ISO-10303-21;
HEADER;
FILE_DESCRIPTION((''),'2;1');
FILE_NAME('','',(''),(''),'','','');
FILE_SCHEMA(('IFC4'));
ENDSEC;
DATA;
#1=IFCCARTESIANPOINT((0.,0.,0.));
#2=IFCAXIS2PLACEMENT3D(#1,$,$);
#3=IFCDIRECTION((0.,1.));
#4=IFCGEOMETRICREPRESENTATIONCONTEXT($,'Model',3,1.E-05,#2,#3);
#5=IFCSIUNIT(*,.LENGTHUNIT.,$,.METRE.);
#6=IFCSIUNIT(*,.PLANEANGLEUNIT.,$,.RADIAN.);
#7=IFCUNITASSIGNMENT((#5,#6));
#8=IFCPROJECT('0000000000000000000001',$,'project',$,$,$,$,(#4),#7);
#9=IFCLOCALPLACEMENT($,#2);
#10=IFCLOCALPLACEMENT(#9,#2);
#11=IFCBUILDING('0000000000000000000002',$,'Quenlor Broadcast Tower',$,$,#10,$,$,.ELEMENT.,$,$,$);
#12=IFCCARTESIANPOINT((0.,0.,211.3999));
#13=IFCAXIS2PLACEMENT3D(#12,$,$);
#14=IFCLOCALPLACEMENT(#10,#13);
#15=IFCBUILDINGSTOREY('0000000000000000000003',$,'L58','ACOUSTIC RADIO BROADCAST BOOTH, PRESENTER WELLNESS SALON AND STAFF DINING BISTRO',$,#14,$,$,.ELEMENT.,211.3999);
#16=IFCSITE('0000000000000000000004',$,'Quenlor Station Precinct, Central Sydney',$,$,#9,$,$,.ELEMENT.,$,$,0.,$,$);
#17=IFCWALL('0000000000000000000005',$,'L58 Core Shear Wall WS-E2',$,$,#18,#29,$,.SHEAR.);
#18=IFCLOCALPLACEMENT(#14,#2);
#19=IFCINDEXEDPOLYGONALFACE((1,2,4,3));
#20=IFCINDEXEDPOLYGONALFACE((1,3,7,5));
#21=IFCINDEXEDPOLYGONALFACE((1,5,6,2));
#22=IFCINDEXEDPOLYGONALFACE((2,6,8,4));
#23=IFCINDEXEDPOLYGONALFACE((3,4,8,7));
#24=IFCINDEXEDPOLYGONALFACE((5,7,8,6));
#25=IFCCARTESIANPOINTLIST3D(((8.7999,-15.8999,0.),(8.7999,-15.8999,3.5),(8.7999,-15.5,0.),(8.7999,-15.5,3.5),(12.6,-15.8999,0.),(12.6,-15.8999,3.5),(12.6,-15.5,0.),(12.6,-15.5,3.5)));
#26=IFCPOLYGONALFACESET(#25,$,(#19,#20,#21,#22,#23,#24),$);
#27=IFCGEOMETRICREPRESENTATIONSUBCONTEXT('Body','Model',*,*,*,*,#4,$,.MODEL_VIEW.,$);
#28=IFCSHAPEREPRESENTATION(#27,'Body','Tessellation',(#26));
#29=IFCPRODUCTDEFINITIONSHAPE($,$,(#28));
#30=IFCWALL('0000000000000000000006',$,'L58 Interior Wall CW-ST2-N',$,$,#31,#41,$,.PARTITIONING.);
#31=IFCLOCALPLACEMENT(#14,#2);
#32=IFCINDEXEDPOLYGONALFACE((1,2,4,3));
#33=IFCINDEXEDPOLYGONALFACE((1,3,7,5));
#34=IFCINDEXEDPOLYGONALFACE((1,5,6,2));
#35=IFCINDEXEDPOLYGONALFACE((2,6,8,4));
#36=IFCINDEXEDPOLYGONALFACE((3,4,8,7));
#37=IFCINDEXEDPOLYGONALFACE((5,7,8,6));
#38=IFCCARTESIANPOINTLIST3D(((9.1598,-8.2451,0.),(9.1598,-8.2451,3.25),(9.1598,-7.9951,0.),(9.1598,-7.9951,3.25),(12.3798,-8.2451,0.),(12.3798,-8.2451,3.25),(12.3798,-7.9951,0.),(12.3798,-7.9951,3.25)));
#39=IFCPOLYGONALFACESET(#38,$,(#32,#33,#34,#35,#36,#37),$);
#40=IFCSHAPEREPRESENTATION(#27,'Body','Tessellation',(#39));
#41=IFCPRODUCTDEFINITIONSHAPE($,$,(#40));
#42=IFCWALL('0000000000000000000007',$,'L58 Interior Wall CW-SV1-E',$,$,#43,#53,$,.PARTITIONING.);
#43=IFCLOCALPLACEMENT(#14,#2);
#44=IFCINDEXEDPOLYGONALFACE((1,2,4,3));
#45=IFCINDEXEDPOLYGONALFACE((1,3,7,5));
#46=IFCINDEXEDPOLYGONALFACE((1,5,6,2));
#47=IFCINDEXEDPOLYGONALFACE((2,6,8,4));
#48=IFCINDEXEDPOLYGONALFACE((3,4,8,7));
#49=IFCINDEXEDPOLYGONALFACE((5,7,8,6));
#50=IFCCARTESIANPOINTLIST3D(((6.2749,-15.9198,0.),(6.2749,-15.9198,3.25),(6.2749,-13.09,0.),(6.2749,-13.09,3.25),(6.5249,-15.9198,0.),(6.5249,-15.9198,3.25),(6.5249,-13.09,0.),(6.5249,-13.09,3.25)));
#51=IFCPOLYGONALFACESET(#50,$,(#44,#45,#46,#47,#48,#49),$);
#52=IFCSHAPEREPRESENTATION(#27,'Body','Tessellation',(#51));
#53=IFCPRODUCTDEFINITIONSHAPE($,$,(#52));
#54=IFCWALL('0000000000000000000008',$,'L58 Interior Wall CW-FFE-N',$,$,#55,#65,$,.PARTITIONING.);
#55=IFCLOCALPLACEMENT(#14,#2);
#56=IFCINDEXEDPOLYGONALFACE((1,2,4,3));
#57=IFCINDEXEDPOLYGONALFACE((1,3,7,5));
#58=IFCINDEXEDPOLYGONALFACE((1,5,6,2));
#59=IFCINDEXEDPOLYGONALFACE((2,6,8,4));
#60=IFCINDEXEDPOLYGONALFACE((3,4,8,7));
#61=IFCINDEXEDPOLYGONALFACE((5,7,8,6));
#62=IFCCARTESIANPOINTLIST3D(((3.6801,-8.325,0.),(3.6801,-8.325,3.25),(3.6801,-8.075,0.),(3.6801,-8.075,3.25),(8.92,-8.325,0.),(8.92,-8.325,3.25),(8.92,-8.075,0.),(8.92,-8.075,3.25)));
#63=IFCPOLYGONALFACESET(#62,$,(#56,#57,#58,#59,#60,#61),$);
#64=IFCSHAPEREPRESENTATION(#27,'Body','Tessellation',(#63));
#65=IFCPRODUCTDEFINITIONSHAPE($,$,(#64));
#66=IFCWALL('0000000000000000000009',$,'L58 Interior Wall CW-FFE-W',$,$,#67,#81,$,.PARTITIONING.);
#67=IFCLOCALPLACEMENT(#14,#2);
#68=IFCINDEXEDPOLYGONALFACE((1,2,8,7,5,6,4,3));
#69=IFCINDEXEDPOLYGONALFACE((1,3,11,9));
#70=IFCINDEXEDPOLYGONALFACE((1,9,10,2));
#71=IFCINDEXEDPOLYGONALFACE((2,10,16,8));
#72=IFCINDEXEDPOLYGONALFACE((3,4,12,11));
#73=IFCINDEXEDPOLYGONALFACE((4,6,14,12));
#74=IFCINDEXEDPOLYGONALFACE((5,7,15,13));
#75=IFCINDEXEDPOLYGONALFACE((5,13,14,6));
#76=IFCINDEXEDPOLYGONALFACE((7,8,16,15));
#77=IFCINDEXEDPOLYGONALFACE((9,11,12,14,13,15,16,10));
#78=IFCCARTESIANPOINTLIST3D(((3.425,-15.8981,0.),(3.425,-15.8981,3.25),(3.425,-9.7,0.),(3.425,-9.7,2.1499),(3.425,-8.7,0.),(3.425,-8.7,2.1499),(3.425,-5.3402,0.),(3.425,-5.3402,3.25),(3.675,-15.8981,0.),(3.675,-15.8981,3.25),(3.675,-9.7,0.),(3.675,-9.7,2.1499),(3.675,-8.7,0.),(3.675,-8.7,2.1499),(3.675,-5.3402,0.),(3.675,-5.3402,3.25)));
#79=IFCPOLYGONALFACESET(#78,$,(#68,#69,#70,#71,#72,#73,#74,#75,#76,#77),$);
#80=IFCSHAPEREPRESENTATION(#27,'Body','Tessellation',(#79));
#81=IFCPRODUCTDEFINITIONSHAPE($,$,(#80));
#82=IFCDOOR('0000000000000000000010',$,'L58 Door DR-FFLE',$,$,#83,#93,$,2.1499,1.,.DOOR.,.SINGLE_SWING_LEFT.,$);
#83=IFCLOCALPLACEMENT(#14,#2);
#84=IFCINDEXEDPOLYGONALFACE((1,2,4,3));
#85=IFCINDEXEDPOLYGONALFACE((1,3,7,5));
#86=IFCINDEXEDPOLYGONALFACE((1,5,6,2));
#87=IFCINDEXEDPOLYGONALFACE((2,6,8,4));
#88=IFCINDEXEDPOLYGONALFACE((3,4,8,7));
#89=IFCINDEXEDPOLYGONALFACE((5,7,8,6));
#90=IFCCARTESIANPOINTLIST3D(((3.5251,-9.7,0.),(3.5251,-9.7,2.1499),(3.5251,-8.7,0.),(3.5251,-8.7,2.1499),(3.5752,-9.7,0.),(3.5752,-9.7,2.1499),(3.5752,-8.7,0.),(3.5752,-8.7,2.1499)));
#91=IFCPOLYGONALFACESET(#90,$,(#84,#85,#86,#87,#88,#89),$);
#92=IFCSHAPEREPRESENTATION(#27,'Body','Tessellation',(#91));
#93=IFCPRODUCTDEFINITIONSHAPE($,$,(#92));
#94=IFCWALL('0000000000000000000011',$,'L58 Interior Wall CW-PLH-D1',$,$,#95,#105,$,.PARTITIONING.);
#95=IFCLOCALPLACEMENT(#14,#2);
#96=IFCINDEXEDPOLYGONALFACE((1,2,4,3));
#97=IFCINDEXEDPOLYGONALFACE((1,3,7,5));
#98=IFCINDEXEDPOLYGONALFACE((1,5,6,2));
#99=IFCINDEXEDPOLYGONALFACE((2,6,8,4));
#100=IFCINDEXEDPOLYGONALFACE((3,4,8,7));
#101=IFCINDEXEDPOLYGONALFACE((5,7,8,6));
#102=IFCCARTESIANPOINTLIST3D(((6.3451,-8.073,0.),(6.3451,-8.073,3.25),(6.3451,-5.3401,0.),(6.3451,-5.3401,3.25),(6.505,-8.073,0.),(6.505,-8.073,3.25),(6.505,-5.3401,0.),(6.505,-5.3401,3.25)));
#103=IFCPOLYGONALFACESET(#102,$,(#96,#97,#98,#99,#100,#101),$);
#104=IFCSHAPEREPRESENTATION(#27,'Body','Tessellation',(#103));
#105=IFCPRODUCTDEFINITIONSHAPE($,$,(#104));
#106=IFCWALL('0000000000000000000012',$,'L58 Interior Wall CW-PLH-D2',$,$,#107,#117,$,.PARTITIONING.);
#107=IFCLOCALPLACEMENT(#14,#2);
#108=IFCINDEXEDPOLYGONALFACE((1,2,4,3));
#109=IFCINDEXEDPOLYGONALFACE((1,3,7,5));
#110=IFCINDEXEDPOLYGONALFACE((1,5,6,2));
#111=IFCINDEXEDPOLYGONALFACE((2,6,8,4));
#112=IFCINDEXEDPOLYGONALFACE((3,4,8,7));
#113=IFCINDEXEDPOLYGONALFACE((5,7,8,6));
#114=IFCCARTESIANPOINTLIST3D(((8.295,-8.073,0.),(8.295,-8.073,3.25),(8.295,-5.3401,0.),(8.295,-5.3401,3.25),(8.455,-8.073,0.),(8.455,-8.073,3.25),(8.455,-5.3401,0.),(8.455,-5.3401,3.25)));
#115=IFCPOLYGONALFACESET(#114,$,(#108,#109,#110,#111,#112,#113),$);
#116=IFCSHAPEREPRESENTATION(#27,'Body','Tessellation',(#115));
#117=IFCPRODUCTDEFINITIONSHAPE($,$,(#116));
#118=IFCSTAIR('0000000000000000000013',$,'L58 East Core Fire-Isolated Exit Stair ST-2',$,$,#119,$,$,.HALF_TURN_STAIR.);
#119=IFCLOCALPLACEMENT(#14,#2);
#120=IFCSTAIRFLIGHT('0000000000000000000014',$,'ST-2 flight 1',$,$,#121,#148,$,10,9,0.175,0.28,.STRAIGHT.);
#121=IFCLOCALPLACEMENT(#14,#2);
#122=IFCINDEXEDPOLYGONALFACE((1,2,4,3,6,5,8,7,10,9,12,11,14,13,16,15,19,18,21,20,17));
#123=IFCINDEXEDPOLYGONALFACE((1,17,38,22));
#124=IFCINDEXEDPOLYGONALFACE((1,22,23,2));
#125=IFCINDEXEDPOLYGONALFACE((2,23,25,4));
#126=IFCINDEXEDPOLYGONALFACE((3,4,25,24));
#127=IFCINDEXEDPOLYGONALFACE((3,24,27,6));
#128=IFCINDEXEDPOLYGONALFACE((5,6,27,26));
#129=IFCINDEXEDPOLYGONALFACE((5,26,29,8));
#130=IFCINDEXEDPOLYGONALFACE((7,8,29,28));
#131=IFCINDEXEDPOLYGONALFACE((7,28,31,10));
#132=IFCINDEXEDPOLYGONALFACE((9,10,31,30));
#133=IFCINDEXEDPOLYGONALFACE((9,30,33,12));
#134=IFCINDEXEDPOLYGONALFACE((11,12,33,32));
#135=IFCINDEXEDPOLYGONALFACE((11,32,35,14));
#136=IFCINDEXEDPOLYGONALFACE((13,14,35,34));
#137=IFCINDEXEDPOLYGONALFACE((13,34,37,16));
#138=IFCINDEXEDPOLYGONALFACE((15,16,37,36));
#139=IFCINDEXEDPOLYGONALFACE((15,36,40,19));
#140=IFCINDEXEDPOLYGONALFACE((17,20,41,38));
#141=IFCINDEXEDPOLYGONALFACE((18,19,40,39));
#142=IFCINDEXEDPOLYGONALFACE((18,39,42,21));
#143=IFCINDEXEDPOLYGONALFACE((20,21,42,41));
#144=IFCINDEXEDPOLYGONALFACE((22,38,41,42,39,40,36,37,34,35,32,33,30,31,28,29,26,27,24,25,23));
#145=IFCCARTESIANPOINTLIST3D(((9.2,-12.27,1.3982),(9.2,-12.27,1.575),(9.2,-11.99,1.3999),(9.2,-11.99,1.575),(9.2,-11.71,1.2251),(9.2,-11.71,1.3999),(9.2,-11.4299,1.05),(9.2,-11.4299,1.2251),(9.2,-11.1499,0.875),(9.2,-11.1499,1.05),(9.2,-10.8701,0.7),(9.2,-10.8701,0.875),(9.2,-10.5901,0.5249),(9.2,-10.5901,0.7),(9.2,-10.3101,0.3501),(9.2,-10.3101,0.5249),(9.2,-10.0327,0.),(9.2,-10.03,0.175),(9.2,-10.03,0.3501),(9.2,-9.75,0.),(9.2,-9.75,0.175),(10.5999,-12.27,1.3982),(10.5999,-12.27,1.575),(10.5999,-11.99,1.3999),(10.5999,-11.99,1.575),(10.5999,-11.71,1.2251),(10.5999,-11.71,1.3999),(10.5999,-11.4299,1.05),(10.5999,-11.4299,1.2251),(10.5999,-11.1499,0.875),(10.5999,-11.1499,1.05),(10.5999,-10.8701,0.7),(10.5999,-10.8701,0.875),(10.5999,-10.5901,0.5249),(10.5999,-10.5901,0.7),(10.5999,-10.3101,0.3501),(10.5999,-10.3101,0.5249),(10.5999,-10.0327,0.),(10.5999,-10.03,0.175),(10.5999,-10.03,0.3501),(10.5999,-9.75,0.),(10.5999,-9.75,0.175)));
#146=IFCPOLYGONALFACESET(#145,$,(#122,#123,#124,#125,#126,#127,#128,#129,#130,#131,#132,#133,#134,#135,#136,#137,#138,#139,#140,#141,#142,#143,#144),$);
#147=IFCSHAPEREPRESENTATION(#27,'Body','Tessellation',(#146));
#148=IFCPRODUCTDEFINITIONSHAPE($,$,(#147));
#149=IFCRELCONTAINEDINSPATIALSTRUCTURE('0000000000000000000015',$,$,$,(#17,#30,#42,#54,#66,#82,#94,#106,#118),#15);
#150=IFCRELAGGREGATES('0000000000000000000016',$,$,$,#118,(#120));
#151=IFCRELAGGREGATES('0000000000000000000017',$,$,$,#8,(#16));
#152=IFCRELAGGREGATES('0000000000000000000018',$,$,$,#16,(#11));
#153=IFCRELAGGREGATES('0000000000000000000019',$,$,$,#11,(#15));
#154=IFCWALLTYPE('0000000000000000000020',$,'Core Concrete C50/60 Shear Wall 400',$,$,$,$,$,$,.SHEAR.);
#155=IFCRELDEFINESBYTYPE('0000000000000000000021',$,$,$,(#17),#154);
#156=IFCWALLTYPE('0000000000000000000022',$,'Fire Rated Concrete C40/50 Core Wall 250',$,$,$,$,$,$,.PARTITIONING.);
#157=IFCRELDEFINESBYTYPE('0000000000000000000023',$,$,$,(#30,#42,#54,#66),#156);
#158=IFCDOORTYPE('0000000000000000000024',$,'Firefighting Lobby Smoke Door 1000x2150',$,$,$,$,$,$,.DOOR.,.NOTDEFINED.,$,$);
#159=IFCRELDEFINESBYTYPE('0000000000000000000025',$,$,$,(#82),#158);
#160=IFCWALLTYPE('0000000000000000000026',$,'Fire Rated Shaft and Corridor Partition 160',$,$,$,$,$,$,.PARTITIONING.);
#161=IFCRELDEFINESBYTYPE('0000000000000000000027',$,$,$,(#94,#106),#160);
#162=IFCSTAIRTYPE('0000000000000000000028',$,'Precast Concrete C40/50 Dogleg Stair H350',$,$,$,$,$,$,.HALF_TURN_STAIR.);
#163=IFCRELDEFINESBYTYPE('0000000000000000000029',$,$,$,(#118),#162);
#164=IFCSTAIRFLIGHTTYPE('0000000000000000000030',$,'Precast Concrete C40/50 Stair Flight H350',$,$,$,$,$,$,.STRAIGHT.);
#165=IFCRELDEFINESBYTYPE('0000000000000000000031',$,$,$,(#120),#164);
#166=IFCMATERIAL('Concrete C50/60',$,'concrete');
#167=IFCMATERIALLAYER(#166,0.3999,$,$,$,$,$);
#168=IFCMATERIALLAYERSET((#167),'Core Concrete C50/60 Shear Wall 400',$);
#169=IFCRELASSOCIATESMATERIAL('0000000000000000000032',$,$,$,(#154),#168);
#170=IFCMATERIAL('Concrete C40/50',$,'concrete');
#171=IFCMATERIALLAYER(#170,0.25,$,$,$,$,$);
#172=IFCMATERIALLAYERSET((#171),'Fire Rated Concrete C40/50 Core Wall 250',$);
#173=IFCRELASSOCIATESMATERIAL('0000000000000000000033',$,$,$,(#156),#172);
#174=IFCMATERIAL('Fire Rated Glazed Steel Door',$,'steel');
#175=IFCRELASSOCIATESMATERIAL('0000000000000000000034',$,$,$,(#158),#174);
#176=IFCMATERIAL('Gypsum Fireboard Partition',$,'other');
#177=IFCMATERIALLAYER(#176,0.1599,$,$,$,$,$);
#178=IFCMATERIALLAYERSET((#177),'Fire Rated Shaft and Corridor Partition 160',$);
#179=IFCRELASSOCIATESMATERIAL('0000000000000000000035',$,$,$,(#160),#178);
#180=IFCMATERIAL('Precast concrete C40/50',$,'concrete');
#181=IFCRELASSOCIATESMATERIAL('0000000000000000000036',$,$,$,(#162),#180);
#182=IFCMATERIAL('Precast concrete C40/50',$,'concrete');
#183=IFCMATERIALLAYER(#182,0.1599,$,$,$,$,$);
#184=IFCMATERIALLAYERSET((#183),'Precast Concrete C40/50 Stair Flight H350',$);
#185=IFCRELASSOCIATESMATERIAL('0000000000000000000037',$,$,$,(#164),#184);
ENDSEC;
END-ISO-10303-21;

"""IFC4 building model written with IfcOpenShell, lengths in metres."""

from ifc_helpers import new_model, si_unit, direction, frame, frame_2d, origin, place, context, subcontext, project, spatial, polyline, rectangle, outline, extrude, material, layer, layer_set, type_object, element, fill, aggregate, save


model = new_model("IFC4")

# Units and contexts
model_context = context("Model", 3, precision=1e-05, world=origin(), true_north=direction((0.0, 1.0)))
body_context = subcontext(model_context, "Body", "Model", "MODEL_VIEW")
ifc_project = project(units=[si_unit("LENGTHUNIT", "METRE"), si_unit("PLANEANGLEUNIT", "RADIAN")], contexts=[model_context])

# Site, building, storey
site_placement = place(None, origin())
site = spatial("IfcSite", under=ifc_project, at=site_placement, Name="Quenlor Station Precinct, Central Sydney", CompositionType="ELEMENT", RefElevation=0.0)
building_placement = place(site_placement, origin())
building = spatial("IfcBuilding", under=site, at=building_placement, Name="Quenlor Broadcast Tower", CompositionType="ELEMENT")
storey_placement = place(building_placement, frame((0.0, 0.0, 211.3999)))
storey = spatial("IfcBuildingStorey", under=building, at=storey_placement, Name="L58", Description="ACOUSTIC RADIO BROADCAST BOOTH, PRESENTER WELLNESS SALON AND STAFF DINING BISTRO", CompositionType="ELEMENT", Elevation=211.3999)

# Wall
ifc_material_1 = material(Name="Concrete C50/60", Category="concrete")
ifc_layer_1 = layer(ifc_material_1, 0.3999)
ifc_layer_set_1 = layer_set([ifc_layer_1], Name="Core Concrete C50/60 Shear Wall 400")
wall_type_1 = type_object("IfcWallType", Name="Core Concrete C50/60 Shear Wall 400", PredefinedType="SHEAR", material=ifc_layer_set_1)
wall_1_placement = place(storey_placement, frame((8.8, -15.7, 0.0), z_axis=(0.0, 0.0, 1.0), x_axis=(1.0, 0.0, 0.0)))
element("IfcWall", 1, at=wall_1_placement, inside=storey, type_object=wall_type_1, Name="L58 Core Shear Wall WS-E2", PredefinedType="SHEAR", context=body_context, shape_type="SweptSolid", body=[
    extrude(rectangle(XDim=3.8, YDim=0.3999, at=frame_2d((1.8999, 0.0))), origin(), (0.0, 0.0, 1.0), 3.5),
])

# Shared definitions
ifc_material_2 = material(Name="Concrete C40/50", Category="concrete")
ifc_layer_2 = layer(ifc_material_2, 0.25)
ifc_layer_set_2 = layer_set([ifc_layer_2], Name="Fire Rated Concrete C40/50 Core Wall 250")
wall_type_2 = type_object("IfcWallType", Name="Fire Rated Concrete C40/50 Core Wall 250", PredefinedType="PARTITIONING", material=ifc_layer_set_2)

# Wall
wall_2_placement = place(storey_placement, frame((9.1599, -8.1201, 0.0), z_axis=(0.0, 0.0, 1.0), x_axis=(1.0, 0.0, 0.0)))
element("IfcWall", 2, at=wall_2_placement, inside=storey, type_object=wall_type_2, Name="L58 Interior Wall CW-ST2-N", PredefinedType="PARTITIONING", context=body_context, shape_type="SweptSolid", body=[
    extrude(rectangle(XDim=3.22, YDim=0.25, at=frame_2d((1.6099, 0.0))), origin(), (0.0, 0.0, 1.0), 3.25),
])

# Walls
wall_3_placement = place(storey_placement, frame((6.3999, -15.9199, 0.0), z_axis=(0.0, 0.0, 1.0), x_axis=(0.0, 1.0, 0.0)))
element("IfcWall", 3, at=wall_3_placement, inside=storey, type_object=wall_type_2, Name="L58 Interior Wall CW-SV1-E", PredefinedType="PARTITIONING", context=body_context, shape_type="SweptSolid", body=[
    extrude(rectangle(XDim=2.8298, YDim=0.25, at=frame_2d((1.415, 0.0))), origin(), (0.0, 0.0, 1.0), 3.25),
])
wall_4_placement = place(storey_placement, frame((3.6799, -8.2, 0.0), z_axis=(0.0, 0.0, 1.0), x_axis=(1.0, 0.0, 0.0)))
element("IfcWall", 4, at=wall_4_placement, inside=storey, type_object=wall_type_2, Name="L58 Interior Wall CW-FFE-N", PredefinedType="PARTITIONING", context=body_context, shape_type="SweptSolid", body=[
    extrude(rectangle(XDim=5.24, YDim=0.25, at=frame_2d((2.6201, 0.0))), origin(), (0.0, 0.0, 1.0), 3.25),
])

# Wall, opening, door
wall_5_placement = place(storey_placement, frame((3.55, -15.8979, 0.0), z_axis=(0.0, 0.0, 1.0), x_axis=(0.0, 1.0, 0.0)))
wall_5 = element("IfcWall", 5, at=wall_5_placement, inside=storey, type_object=wall_type_2, Name="L58 Interior Wall CW-FFE-W", PredefinedType="PARTITIONING", context=body_context, shape_type="SweptSolid", body=[
    extrude(rectangle(XDim=10.5579, YDim=0.25, at=frame_2d((5.2788, 0.0))), origin(), (0.0, 0.0, 1.0), 3.25),
])
opening_1_placement = place(wall_5_placement, frame((6.198, 0.0, 0.0)))
opening_1 = element("IfcOpeningElement", 6, at=opening_1_placement, cuts=wall_5, PredefinedType="OPENING", context=body_context, shape_type="SweptSolid", body=[
    extrude(rectangle(XDim=1.0, YDim=2.1499, at=frame_2d((0.5, 1.075))), frame((0.0, 0.135, 0.0), z_axis=(0.0, -1.0, 0.0), x_axis=(1.0, 0.0, 0.0)), (0.0, 0.0, 1.0), 0.27),
])
ifc_material_3 = material(Name="Fire Rated Glazed Steel Door", Category="steel")
door_type_1 = type_object("IfcDoorType", Name="Firefighting Lobby Smoke Door 1000x2150", OperationType="NOTDEFINED", PredefinedType="DOOR", material=ifc_material_3)
door_1_placement = place(opening_1_placement, origin())
door_1 = element("IfcDoor", 7, at=door_1_placement, inside=storey, type_object=door_type_1, Name="L58 Door DR-FFLE", OperationType="SINGLE_SWING_LEFT", OverallHeight=2.1499, OverallWidth=1.0, PredefinedType="DOOR", context=body_context, shape_type="SweptSolid", body=[
    extrude(rectangle(XDim=1.0, YDim=2.1499, at=frame_2d((0.5, 1.075))), frame((0.0, 0.0249, 0.0), z_axis=(0.0, -1.0, 0.0), x_axis=(1.0, 0.0, 0.0)), (0.0, 0.0, 1.0), 0.05),
])
fill(opening_1, door_1)

# Walls
ifc_material_4 = material(Name="Gypsum Fireboard Partition", Category="other")
ifc_layer_3 = layer(ifc_material_4, 0.1599)
ifc_layer_set_3 = layer_set([ifc_layer_3], Name="Fire Rated Shaft and Corridor Partition 160")
wall_type_3 = type_object("IfcWallType", Name="Fire Rated Shaft and Corridor Partition 160", PredefinedType="PARTITIONING", material=ifc_layer_set_3)
for number, where, z_axis, x_axis, name in (
    (8, (6.425, -8.073, 0.0), (0.0, 0.0, 1.0), (0.0, 1.0, 0.0), "L58 Interior Wall CW-PLH-D1"),
    (9, (8.375, -8.073, 0.0), (0.0, 0.0, 1.0), (0.0, 1.0, 0.0), "L58 Interior Wall CW-PLH-D2"),
):
    element("IfcWall", number, at=place(storey_placement, frame(where, z_axis=z_axis, x_axis=x_axis)), inside=storey, type_object=wall_type_3, Name=name, PredefinedType="PARTITIONING", context=body_context, shape_type="SweptSolid", body=[
        extrude(rectangle(XDim=2.7329, YDim=0.1599, at=frame_2d((1.3665, 0.0))), origin(), (0.0, 0.0, 1.0), 3.25),
    ])

# Stair, stair flight
ifc_material_5 = material(Name="Precast concrete C40/50", Category="concrete")
stair_type = type_object("IfcStairType", Name="Precast Concrete C40/50 Dogleg Stair H350", PredefinedType="HALF_TURN_STAIR", material=ifc_material_5)
stair_placement = place(storey_placement, origin())
stair = element("IfcStair", 10, at=stair_placement, inside=storey, type_object=stair_type, Name="L58 East Core Fire-Isolated Exit Stair ST-2", PredefinedType="HALF_TURN_STAIR")
ifc_material_6 = material(Name="Precast concrete C40/50", Category="concrete")
ifc_layer_4 = layer(ifc_material_6, 0.1599)
ifc_layer_set_4 = layer_set([ifc_layer_4], Name="Precast Concrete C40/50 Stair Flight H350")
stair_flight_type = type_object("IfcStairFlightType", Name="Precast Concrete C40/50 Stair Flight H350", PredefinedType="STRAIGHT", material=ifc_layer_set_4)
stair_flight_placement = place(storey_placement, frame((9.8999, -9.75, 0.0), z_axis=(0.0, 0.0, 1.0), x_axis=(0.0, -1.0, 0.0)))
stair_flight = element("IfcStairFlight", 11, at=stair_flight_placement, type_object=stair_flight_type, Name="ST-2 flight 1", NumberOfRisers=10, NumberOfTreads=9, PredefinedType="STRAIGHT", RiserHeight=0.175, TreadLength=0.28, context=body_context, shape_type="SweptSolid", body=[
    extrude(outline(polyline([(0.0, 0.0), (0.0, 0.175), (0.28, 0.175), (0.28, 0.3501), (0.5601, 0.3501), (0.5601, 0.5249), (0.8401, 0.5249), (0.8401, 0.7), (1.1201, 0.7), (1.1201, 0.875), (1.3999, 0.875), (1.3999, 1.05), (1.6799, 1.05), (1.6799, 1.2251), (1.96, 1.2251), (1.96, 1.3999), (2.24, 1.3999), (2.24, 1.575), (2.52, 1.575), (2.52, 1.75), (2.52, 1.3982), (0.2827, 0.0), (0.0, 0.0)])), frame((0.0, 0.7, 0.0), z_axis=(0.0, -1.0, 0.0), x_axis=(1.0, 0.0, 0.0)), (0.0, 0.0, 1.0), 1.3999),
])
aggregate(stair, [stair_flight])

save(model, "model.ifc")
